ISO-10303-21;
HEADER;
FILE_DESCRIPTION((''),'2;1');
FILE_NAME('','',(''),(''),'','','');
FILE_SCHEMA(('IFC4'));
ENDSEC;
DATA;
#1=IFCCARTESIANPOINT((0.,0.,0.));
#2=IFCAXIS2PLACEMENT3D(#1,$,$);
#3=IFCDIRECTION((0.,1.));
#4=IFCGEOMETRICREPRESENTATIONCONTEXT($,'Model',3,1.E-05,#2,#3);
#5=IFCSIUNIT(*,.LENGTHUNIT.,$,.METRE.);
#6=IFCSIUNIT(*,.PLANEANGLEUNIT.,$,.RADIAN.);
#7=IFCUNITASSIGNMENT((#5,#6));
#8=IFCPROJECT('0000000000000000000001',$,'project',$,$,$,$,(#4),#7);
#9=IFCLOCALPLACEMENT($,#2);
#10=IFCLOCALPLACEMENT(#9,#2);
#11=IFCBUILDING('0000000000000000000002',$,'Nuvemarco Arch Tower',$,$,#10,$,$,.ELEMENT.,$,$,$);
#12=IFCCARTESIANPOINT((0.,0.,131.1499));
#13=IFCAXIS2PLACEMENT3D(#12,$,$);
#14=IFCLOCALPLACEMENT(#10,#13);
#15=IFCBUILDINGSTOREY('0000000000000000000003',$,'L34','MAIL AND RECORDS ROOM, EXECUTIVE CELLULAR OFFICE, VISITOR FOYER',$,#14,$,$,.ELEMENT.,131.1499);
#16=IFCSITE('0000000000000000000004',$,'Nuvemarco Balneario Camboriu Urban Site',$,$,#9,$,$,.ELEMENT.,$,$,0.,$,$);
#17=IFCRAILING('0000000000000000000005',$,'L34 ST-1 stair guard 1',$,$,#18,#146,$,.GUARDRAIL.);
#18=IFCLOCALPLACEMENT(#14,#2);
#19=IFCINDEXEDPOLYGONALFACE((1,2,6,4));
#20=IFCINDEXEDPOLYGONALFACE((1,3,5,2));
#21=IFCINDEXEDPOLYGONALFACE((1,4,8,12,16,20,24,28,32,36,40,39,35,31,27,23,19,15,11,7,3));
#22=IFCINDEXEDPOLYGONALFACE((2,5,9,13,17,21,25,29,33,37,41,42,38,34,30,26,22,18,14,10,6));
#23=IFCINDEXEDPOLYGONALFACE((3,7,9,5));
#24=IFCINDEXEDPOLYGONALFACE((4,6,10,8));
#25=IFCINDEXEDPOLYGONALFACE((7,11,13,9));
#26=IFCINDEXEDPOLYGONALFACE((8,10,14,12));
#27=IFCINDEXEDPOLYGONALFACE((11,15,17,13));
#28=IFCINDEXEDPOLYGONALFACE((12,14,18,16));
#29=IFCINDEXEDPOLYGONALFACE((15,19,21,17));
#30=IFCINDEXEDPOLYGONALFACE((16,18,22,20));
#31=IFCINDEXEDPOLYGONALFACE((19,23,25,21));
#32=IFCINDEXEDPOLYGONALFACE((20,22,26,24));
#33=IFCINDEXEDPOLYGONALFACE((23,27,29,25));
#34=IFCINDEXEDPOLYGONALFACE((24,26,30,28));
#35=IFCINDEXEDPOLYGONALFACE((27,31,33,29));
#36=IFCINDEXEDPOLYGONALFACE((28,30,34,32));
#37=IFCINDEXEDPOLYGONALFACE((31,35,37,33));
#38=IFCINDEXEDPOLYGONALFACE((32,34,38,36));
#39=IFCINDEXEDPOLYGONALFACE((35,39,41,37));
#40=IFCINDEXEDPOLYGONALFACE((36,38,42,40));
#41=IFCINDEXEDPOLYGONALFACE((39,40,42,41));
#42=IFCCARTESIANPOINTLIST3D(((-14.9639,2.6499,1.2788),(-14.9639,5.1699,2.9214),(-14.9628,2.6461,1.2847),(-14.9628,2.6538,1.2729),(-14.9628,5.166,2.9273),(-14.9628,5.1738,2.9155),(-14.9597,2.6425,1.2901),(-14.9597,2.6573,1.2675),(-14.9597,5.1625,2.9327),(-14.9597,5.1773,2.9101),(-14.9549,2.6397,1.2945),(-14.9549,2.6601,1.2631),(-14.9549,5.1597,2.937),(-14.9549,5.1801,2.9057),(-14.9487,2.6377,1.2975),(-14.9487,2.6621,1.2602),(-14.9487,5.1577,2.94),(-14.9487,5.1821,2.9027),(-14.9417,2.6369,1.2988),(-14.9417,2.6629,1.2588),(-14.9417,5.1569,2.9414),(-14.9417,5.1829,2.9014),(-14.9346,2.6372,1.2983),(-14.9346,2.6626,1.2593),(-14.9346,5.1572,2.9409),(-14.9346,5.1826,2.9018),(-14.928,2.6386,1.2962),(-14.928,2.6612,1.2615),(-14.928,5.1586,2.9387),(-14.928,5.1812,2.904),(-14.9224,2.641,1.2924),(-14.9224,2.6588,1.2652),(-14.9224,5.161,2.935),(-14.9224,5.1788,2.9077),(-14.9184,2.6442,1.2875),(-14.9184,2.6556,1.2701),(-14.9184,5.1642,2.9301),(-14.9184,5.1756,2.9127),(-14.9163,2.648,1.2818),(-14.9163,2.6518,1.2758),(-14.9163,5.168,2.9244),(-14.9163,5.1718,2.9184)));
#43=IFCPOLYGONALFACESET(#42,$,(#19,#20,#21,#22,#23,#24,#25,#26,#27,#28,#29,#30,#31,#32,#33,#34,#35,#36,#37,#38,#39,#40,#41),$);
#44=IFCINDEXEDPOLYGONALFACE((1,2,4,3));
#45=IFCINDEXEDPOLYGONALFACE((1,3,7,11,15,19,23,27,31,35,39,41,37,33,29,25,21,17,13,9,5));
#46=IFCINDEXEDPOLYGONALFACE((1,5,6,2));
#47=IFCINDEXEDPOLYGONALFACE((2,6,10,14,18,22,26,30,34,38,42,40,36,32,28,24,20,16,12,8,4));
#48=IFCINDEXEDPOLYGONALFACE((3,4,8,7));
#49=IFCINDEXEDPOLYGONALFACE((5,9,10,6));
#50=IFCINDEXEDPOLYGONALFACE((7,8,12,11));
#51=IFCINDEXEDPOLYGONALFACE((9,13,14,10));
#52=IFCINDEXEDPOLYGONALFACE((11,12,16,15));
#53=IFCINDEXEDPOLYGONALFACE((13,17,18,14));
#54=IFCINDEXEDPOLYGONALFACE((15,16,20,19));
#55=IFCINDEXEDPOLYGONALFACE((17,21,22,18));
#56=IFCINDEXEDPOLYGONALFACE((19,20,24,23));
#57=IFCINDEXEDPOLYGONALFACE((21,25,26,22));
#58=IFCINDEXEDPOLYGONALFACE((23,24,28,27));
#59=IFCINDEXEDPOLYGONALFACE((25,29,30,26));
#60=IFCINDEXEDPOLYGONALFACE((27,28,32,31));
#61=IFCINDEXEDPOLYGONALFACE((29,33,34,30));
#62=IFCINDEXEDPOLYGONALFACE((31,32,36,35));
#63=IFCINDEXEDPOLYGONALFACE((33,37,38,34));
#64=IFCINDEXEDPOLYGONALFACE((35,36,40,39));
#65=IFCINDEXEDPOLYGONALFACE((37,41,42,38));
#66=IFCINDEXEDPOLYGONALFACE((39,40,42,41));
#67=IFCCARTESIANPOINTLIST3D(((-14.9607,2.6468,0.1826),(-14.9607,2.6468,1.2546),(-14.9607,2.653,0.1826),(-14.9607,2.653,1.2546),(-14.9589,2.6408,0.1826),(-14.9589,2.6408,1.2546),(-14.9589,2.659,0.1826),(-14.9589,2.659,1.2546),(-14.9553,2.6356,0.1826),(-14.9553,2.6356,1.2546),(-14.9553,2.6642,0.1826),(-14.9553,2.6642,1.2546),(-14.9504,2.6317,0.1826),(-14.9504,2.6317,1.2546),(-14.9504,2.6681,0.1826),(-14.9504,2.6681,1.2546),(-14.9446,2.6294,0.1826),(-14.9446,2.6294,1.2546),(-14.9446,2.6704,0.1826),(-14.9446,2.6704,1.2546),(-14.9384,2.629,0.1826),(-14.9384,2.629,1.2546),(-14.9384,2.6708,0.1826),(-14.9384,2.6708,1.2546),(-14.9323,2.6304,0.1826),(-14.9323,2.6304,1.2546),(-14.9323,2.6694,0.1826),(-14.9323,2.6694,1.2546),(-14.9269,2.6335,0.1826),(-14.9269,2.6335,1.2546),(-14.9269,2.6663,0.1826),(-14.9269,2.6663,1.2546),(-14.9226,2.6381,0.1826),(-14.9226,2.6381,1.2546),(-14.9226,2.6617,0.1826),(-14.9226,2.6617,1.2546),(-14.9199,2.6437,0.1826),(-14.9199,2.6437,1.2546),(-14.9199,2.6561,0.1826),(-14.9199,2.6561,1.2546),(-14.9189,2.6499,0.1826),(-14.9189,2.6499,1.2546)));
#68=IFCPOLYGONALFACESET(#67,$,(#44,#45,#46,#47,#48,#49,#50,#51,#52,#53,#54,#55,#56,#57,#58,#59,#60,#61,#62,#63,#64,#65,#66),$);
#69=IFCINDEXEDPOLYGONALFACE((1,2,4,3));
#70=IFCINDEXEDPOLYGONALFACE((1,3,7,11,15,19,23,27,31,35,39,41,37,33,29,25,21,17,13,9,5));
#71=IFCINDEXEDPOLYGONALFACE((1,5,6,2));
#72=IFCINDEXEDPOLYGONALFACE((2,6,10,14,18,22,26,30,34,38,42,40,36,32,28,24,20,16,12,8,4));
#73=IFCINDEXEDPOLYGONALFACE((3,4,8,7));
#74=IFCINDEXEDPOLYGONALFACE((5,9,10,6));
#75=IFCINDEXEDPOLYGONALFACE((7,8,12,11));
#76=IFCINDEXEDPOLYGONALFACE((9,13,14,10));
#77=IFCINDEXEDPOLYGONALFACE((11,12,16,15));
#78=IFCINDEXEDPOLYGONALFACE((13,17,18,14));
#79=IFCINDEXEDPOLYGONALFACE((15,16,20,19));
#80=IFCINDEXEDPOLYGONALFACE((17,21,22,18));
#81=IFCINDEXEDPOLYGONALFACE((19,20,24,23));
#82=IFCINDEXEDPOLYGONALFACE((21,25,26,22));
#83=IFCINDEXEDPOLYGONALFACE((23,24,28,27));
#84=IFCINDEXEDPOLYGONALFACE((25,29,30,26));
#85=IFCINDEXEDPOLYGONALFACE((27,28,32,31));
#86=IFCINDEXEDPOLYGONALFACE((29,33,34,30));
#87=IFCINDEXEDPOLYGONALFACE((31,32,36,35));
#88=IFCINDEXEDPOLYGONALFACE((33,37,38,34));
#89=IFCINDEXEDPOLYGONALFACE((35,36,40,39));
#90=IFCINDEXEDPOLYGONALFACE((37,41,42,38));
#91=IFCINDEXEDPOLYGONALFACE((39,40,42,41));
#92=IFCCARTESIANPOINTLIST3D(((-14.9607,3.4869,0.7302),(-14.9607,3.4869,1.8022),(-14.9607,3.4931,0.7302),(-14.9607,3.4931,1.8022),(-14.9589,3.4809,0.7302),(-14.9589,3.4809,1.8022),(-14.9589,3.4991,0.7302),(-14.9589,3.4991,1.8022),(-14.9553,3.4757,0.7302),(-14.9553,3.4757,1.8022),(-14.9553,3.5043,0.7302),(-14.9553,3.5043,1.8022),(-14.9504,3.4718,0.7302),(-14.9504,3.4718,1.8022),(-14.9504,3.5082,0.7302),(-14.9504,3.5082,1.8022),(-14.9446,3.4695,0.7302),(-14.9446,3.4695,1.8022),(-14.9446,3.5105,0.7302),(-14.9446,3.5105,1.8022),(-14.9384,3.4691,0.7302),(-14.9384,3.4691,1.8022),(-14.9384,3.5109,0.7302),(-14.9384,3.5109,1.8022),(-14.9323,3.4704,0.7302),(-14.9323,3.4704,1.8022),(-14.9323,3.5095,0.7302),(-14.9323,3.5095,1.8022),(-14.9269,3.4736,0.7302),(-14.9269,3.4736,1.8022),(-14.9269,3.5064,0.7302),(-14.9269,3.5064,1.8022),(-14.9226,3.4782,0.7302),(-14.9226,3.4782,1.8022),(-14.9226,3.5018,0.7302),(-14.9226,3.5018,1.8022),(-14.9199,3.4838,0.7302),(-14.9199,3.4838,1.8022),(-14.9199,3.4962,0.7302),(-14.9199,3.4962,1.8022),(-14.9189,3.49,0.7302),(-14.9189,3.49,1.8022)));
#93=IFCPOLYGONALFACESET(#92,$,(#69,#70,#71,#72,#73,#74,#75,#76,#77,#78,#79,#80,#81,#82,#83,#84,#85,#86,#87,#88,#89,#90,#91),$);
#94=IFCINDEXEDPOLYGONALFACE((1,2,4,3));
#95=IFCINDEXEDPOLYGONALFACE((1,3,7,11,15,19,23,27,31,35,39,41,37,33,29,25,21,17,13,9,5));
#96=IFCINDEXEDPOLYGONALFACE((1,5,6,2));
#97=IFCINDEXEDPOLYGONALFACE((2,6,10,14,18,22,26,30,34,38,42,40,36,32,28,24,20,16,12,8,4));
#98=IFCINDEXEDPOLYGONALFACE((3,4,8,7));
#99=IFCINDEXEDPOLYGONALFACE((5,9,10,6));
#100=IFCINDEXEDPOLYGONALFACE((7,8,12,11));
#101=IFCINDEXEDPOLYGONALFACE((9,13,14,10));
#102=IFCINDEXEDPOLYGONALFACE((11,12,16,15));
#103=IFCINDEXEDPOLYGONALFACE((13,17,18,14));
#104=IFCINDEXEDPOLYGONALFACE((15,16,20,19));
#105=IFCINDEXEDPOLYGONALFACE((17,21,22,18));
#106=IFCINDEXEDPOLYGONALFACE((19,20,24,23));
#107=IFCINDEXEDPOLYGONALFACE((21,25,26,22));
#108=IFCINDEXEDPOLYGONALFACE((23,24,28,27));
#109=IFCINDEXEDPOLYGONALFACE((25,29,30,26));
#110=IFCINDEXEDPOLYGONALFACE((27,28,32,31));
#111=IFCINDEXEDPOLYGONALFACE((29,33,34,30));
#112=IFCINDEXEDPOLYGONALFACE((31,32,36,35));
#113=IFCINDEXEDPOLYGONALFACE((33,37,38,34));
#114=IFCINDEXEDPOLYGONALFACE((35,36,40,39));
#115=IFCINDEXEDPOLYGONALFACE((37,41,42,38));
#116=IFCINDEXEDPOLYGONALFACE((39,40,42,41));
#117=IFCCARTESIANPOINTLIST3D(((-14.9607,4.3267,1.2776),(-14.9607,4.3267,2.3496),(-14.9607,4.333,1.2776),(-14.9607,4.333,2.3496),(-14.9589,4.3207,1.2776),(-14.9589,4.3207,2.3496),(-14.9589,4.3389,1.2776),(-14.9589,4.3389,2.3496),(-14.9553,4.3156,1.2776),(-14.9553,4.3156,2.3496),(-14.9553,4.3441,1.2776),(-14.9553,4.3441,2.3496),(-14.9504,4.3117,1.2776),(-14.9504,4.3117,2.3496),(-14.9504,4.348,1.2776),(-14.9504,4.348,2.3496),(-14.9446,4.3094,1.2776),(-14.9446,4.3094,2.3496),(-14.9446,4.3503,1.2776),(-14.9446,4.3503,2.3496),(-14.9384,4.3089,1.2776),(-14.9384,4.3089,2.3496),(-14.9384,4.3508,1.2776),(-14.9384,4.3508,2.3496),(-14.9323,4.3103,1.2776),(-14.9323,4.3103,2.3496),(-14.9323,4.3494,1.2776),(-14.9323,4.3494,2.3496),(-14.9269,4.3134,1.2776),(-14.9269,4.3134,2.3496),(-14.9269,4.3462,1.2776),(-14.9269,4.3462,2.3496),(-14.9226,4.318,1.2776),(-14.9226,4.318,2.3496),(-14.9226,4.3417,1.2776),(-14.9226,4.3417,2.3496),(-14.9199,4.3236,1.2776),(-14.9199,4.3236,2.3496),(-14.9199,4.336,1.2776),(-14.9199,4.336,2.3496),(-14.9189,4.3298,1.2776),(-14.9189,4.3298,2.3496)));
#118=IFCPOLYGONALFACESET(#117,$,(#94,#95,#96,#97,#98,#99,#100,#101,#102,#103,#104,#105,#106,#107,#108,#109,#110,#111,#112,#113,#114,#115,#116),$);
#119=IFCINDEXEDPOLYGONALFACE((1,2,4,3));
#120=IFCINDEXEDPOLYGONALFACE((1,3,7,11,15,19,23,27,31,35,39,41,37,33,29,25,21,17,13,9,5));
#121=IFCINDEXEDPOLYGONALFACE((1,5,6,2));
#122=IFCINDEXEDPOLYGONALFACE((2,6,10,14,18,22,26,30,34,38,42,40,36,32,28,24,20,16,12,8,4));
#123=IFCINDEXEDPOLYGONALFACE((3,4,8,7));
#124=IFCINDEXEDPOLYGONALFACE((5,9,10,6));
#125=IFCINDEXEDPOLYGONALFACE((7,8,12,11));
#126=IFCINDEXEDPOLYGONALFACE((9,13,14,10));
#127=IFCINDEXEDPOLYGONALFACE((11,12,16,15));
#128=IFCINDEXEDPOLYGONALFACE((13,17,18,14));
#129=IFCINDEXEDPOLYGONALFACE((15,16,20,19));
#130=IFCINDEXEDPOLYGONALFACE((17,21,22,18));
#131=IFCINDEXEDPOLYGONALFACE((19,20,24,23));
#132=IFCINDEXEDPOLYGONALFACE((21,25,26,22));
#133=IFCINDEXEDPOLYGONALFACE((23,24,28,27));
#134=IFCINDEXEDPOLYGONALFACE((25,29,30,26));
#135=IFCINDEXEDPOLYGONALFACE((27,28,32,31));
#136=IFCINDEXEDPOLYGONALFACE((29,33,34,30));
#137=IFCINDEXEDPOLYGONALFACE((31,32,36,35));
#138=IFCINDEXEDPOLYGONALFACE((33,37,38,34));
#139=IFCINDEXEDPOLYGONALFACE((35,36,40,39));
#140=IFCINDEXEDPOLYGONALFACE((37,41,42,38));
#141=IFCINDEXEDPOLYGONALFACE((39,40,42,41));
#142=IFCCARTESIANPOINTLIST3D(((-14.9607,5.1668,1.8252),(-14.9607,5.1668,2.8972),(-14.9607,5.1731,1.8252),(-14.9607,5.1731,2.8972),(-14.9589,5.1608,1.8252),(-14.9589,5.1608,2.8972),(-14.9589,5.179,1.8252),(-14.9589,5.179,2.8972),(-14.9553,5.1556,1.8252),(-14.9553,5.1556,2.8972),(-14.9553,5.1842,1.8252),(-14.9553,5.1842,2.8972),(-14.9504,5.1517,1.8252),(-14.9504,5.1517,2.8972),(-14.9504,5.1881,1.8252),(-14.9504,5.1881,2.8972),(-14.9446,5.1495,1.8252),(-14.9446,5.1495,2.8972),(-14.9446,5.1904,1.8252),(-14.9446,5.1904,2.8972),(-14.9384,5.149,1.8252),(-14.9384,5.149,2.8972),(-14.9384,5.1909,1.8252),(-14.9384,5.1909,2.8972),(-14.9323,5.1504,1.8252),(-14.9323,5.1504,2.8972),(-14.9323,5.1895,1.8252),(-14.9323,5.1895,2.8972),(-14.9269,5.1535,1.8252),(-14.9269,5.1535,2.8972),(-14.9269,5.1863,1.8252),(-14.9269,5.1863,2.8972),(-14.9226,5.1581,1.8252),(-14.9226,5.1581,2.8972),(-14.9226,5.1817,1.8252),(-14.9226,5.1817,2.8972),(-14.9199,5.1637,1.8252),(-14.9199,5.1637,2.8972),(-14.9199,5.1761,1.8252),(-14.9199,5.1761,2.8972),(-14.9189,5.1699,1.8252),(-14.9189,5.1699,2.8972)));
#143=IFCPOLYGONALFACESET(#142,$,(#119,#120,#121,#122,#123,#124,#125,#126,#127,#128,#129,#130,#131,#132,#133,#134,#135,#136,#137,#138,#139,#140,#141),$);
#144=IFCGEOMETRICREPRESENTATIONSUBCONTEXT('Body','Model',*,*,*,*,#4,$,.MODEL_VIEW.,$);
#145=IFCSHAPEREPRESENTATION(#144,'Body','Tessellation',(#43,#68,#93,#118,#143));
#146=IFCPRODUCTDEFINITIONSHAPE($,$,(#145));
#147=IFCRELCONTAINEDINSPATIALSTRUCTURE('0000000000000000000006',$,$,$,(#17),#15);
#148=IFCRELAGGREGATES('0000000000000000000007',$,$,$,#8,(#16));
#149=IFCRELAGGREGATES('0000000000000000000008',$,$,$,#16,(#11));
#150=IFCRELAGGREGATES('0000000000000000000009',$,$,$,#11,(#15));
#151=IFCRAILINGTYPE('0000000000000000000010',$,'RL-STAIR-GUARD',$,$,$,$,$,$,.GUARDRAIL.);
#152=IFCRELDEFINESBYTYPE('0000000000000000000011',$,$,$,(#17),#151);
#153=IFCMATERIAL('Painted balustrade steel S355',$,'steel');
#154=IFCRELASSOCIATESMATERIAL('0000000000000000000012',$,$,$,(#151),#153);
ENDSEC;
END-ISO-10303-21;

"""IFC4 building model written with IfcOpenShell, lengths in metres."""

from ifc_helpers import new_model, si_unit, direction, frame, origin, origin_2d, place, context, subcontext, project, spatial, circle, extrude, material, type_object, element, save


model = new_model("IFC4")

# Units and contexts
model_context = context("Model", 3, precision=1e-05, world=origin(), true_north=direction((0.0, 1.0)))
body_context = subcontext(model_context, "Body", "Model", "MODEL_VIEW")
ifc_project = project(units=[si_unit("LENGTHUNIT", "METRE"), si_unit("PLANEANGLEUNIT", "RADIAN")], contexts=[model_context])

# Site, building, storey
site_placement = place(None, origin())
site = spatial("IfcSite", under=ifc_project, at=site_placement, Name="Nuvemarco Balneario Camboriu Urban Site", CompositionType="ELEMENT", RefElevation=0.0)
building_placement = place(site_placement, origin())
building = spatial("IfcBuilding", under=site, at=building_placement, Name="Nuvemarco Arch Tower", CompositionType="ELEMENT")
storey_placement = place(building_placement, frame((0.0, 0.0, 131.1499)))
storey = spatial("IfcBuildingStorey", under=building, at=storey_placement, Name="L34", Description="MAIL AND RECORDS ROOM, EXECUTIVE CELLULAR OFFICE, VISITOR FOYER", CompositionType="ELEMENT", Elevation=131.1499)

# Railing
ifc_material_1 = material(Name="Painted balustrade steel S355", Category="steel")
railing_type_1 = type_object("IfcRailingType", Name="RL-STAIR-GUARD", PredefinedType="GUARDRAIL", material=ifc_material_1)
railing_1_placement = place(storey_placement, frame((-14.9399, 2.6499, 0.1826)))
element("IfcRailing", 1, at=railing_1_placement, inside=storey, type_object=railing_type_1, Name="L34 ST-1 stair guard 1", PredefinedType="GUARDRAIL", context=body_context, shape_type="SweptSolid", body=[
    extrude(circle(Radius=0.0239, at=origin_2d()), frame((0.0, 0.0, 1.0962), z_axis=(0.0, 0.837749, 0.546055), x_axis=(-1.0, 0.0, 0.0)), (0.0, 0.0, 1.0), 3.0081),
    extrude(circle(Radius=0.021, at=origin_2d()), origin(), (0.0, 0.0, 1.0), 1.072),
    extrude(circle(Radius=0.021, at=origin_2d()), frame((0.0, 0.8401, 0.5476)), (0.0, 0.0, 1.0), 1.072),
    extrude(circle(Radius=0.021, at=origin_2d()), frame((0.0, 1.6799, 1.095)), (0.0, 0.0, 1.0), 1.072),
    extrude(circle(Radius=0.021, at=origin_2d()), frame((0.0, 2.52, 1.6426)), (0.0, 0.0, 1.0), 1.072),
])

save(model, "model.ifc")
